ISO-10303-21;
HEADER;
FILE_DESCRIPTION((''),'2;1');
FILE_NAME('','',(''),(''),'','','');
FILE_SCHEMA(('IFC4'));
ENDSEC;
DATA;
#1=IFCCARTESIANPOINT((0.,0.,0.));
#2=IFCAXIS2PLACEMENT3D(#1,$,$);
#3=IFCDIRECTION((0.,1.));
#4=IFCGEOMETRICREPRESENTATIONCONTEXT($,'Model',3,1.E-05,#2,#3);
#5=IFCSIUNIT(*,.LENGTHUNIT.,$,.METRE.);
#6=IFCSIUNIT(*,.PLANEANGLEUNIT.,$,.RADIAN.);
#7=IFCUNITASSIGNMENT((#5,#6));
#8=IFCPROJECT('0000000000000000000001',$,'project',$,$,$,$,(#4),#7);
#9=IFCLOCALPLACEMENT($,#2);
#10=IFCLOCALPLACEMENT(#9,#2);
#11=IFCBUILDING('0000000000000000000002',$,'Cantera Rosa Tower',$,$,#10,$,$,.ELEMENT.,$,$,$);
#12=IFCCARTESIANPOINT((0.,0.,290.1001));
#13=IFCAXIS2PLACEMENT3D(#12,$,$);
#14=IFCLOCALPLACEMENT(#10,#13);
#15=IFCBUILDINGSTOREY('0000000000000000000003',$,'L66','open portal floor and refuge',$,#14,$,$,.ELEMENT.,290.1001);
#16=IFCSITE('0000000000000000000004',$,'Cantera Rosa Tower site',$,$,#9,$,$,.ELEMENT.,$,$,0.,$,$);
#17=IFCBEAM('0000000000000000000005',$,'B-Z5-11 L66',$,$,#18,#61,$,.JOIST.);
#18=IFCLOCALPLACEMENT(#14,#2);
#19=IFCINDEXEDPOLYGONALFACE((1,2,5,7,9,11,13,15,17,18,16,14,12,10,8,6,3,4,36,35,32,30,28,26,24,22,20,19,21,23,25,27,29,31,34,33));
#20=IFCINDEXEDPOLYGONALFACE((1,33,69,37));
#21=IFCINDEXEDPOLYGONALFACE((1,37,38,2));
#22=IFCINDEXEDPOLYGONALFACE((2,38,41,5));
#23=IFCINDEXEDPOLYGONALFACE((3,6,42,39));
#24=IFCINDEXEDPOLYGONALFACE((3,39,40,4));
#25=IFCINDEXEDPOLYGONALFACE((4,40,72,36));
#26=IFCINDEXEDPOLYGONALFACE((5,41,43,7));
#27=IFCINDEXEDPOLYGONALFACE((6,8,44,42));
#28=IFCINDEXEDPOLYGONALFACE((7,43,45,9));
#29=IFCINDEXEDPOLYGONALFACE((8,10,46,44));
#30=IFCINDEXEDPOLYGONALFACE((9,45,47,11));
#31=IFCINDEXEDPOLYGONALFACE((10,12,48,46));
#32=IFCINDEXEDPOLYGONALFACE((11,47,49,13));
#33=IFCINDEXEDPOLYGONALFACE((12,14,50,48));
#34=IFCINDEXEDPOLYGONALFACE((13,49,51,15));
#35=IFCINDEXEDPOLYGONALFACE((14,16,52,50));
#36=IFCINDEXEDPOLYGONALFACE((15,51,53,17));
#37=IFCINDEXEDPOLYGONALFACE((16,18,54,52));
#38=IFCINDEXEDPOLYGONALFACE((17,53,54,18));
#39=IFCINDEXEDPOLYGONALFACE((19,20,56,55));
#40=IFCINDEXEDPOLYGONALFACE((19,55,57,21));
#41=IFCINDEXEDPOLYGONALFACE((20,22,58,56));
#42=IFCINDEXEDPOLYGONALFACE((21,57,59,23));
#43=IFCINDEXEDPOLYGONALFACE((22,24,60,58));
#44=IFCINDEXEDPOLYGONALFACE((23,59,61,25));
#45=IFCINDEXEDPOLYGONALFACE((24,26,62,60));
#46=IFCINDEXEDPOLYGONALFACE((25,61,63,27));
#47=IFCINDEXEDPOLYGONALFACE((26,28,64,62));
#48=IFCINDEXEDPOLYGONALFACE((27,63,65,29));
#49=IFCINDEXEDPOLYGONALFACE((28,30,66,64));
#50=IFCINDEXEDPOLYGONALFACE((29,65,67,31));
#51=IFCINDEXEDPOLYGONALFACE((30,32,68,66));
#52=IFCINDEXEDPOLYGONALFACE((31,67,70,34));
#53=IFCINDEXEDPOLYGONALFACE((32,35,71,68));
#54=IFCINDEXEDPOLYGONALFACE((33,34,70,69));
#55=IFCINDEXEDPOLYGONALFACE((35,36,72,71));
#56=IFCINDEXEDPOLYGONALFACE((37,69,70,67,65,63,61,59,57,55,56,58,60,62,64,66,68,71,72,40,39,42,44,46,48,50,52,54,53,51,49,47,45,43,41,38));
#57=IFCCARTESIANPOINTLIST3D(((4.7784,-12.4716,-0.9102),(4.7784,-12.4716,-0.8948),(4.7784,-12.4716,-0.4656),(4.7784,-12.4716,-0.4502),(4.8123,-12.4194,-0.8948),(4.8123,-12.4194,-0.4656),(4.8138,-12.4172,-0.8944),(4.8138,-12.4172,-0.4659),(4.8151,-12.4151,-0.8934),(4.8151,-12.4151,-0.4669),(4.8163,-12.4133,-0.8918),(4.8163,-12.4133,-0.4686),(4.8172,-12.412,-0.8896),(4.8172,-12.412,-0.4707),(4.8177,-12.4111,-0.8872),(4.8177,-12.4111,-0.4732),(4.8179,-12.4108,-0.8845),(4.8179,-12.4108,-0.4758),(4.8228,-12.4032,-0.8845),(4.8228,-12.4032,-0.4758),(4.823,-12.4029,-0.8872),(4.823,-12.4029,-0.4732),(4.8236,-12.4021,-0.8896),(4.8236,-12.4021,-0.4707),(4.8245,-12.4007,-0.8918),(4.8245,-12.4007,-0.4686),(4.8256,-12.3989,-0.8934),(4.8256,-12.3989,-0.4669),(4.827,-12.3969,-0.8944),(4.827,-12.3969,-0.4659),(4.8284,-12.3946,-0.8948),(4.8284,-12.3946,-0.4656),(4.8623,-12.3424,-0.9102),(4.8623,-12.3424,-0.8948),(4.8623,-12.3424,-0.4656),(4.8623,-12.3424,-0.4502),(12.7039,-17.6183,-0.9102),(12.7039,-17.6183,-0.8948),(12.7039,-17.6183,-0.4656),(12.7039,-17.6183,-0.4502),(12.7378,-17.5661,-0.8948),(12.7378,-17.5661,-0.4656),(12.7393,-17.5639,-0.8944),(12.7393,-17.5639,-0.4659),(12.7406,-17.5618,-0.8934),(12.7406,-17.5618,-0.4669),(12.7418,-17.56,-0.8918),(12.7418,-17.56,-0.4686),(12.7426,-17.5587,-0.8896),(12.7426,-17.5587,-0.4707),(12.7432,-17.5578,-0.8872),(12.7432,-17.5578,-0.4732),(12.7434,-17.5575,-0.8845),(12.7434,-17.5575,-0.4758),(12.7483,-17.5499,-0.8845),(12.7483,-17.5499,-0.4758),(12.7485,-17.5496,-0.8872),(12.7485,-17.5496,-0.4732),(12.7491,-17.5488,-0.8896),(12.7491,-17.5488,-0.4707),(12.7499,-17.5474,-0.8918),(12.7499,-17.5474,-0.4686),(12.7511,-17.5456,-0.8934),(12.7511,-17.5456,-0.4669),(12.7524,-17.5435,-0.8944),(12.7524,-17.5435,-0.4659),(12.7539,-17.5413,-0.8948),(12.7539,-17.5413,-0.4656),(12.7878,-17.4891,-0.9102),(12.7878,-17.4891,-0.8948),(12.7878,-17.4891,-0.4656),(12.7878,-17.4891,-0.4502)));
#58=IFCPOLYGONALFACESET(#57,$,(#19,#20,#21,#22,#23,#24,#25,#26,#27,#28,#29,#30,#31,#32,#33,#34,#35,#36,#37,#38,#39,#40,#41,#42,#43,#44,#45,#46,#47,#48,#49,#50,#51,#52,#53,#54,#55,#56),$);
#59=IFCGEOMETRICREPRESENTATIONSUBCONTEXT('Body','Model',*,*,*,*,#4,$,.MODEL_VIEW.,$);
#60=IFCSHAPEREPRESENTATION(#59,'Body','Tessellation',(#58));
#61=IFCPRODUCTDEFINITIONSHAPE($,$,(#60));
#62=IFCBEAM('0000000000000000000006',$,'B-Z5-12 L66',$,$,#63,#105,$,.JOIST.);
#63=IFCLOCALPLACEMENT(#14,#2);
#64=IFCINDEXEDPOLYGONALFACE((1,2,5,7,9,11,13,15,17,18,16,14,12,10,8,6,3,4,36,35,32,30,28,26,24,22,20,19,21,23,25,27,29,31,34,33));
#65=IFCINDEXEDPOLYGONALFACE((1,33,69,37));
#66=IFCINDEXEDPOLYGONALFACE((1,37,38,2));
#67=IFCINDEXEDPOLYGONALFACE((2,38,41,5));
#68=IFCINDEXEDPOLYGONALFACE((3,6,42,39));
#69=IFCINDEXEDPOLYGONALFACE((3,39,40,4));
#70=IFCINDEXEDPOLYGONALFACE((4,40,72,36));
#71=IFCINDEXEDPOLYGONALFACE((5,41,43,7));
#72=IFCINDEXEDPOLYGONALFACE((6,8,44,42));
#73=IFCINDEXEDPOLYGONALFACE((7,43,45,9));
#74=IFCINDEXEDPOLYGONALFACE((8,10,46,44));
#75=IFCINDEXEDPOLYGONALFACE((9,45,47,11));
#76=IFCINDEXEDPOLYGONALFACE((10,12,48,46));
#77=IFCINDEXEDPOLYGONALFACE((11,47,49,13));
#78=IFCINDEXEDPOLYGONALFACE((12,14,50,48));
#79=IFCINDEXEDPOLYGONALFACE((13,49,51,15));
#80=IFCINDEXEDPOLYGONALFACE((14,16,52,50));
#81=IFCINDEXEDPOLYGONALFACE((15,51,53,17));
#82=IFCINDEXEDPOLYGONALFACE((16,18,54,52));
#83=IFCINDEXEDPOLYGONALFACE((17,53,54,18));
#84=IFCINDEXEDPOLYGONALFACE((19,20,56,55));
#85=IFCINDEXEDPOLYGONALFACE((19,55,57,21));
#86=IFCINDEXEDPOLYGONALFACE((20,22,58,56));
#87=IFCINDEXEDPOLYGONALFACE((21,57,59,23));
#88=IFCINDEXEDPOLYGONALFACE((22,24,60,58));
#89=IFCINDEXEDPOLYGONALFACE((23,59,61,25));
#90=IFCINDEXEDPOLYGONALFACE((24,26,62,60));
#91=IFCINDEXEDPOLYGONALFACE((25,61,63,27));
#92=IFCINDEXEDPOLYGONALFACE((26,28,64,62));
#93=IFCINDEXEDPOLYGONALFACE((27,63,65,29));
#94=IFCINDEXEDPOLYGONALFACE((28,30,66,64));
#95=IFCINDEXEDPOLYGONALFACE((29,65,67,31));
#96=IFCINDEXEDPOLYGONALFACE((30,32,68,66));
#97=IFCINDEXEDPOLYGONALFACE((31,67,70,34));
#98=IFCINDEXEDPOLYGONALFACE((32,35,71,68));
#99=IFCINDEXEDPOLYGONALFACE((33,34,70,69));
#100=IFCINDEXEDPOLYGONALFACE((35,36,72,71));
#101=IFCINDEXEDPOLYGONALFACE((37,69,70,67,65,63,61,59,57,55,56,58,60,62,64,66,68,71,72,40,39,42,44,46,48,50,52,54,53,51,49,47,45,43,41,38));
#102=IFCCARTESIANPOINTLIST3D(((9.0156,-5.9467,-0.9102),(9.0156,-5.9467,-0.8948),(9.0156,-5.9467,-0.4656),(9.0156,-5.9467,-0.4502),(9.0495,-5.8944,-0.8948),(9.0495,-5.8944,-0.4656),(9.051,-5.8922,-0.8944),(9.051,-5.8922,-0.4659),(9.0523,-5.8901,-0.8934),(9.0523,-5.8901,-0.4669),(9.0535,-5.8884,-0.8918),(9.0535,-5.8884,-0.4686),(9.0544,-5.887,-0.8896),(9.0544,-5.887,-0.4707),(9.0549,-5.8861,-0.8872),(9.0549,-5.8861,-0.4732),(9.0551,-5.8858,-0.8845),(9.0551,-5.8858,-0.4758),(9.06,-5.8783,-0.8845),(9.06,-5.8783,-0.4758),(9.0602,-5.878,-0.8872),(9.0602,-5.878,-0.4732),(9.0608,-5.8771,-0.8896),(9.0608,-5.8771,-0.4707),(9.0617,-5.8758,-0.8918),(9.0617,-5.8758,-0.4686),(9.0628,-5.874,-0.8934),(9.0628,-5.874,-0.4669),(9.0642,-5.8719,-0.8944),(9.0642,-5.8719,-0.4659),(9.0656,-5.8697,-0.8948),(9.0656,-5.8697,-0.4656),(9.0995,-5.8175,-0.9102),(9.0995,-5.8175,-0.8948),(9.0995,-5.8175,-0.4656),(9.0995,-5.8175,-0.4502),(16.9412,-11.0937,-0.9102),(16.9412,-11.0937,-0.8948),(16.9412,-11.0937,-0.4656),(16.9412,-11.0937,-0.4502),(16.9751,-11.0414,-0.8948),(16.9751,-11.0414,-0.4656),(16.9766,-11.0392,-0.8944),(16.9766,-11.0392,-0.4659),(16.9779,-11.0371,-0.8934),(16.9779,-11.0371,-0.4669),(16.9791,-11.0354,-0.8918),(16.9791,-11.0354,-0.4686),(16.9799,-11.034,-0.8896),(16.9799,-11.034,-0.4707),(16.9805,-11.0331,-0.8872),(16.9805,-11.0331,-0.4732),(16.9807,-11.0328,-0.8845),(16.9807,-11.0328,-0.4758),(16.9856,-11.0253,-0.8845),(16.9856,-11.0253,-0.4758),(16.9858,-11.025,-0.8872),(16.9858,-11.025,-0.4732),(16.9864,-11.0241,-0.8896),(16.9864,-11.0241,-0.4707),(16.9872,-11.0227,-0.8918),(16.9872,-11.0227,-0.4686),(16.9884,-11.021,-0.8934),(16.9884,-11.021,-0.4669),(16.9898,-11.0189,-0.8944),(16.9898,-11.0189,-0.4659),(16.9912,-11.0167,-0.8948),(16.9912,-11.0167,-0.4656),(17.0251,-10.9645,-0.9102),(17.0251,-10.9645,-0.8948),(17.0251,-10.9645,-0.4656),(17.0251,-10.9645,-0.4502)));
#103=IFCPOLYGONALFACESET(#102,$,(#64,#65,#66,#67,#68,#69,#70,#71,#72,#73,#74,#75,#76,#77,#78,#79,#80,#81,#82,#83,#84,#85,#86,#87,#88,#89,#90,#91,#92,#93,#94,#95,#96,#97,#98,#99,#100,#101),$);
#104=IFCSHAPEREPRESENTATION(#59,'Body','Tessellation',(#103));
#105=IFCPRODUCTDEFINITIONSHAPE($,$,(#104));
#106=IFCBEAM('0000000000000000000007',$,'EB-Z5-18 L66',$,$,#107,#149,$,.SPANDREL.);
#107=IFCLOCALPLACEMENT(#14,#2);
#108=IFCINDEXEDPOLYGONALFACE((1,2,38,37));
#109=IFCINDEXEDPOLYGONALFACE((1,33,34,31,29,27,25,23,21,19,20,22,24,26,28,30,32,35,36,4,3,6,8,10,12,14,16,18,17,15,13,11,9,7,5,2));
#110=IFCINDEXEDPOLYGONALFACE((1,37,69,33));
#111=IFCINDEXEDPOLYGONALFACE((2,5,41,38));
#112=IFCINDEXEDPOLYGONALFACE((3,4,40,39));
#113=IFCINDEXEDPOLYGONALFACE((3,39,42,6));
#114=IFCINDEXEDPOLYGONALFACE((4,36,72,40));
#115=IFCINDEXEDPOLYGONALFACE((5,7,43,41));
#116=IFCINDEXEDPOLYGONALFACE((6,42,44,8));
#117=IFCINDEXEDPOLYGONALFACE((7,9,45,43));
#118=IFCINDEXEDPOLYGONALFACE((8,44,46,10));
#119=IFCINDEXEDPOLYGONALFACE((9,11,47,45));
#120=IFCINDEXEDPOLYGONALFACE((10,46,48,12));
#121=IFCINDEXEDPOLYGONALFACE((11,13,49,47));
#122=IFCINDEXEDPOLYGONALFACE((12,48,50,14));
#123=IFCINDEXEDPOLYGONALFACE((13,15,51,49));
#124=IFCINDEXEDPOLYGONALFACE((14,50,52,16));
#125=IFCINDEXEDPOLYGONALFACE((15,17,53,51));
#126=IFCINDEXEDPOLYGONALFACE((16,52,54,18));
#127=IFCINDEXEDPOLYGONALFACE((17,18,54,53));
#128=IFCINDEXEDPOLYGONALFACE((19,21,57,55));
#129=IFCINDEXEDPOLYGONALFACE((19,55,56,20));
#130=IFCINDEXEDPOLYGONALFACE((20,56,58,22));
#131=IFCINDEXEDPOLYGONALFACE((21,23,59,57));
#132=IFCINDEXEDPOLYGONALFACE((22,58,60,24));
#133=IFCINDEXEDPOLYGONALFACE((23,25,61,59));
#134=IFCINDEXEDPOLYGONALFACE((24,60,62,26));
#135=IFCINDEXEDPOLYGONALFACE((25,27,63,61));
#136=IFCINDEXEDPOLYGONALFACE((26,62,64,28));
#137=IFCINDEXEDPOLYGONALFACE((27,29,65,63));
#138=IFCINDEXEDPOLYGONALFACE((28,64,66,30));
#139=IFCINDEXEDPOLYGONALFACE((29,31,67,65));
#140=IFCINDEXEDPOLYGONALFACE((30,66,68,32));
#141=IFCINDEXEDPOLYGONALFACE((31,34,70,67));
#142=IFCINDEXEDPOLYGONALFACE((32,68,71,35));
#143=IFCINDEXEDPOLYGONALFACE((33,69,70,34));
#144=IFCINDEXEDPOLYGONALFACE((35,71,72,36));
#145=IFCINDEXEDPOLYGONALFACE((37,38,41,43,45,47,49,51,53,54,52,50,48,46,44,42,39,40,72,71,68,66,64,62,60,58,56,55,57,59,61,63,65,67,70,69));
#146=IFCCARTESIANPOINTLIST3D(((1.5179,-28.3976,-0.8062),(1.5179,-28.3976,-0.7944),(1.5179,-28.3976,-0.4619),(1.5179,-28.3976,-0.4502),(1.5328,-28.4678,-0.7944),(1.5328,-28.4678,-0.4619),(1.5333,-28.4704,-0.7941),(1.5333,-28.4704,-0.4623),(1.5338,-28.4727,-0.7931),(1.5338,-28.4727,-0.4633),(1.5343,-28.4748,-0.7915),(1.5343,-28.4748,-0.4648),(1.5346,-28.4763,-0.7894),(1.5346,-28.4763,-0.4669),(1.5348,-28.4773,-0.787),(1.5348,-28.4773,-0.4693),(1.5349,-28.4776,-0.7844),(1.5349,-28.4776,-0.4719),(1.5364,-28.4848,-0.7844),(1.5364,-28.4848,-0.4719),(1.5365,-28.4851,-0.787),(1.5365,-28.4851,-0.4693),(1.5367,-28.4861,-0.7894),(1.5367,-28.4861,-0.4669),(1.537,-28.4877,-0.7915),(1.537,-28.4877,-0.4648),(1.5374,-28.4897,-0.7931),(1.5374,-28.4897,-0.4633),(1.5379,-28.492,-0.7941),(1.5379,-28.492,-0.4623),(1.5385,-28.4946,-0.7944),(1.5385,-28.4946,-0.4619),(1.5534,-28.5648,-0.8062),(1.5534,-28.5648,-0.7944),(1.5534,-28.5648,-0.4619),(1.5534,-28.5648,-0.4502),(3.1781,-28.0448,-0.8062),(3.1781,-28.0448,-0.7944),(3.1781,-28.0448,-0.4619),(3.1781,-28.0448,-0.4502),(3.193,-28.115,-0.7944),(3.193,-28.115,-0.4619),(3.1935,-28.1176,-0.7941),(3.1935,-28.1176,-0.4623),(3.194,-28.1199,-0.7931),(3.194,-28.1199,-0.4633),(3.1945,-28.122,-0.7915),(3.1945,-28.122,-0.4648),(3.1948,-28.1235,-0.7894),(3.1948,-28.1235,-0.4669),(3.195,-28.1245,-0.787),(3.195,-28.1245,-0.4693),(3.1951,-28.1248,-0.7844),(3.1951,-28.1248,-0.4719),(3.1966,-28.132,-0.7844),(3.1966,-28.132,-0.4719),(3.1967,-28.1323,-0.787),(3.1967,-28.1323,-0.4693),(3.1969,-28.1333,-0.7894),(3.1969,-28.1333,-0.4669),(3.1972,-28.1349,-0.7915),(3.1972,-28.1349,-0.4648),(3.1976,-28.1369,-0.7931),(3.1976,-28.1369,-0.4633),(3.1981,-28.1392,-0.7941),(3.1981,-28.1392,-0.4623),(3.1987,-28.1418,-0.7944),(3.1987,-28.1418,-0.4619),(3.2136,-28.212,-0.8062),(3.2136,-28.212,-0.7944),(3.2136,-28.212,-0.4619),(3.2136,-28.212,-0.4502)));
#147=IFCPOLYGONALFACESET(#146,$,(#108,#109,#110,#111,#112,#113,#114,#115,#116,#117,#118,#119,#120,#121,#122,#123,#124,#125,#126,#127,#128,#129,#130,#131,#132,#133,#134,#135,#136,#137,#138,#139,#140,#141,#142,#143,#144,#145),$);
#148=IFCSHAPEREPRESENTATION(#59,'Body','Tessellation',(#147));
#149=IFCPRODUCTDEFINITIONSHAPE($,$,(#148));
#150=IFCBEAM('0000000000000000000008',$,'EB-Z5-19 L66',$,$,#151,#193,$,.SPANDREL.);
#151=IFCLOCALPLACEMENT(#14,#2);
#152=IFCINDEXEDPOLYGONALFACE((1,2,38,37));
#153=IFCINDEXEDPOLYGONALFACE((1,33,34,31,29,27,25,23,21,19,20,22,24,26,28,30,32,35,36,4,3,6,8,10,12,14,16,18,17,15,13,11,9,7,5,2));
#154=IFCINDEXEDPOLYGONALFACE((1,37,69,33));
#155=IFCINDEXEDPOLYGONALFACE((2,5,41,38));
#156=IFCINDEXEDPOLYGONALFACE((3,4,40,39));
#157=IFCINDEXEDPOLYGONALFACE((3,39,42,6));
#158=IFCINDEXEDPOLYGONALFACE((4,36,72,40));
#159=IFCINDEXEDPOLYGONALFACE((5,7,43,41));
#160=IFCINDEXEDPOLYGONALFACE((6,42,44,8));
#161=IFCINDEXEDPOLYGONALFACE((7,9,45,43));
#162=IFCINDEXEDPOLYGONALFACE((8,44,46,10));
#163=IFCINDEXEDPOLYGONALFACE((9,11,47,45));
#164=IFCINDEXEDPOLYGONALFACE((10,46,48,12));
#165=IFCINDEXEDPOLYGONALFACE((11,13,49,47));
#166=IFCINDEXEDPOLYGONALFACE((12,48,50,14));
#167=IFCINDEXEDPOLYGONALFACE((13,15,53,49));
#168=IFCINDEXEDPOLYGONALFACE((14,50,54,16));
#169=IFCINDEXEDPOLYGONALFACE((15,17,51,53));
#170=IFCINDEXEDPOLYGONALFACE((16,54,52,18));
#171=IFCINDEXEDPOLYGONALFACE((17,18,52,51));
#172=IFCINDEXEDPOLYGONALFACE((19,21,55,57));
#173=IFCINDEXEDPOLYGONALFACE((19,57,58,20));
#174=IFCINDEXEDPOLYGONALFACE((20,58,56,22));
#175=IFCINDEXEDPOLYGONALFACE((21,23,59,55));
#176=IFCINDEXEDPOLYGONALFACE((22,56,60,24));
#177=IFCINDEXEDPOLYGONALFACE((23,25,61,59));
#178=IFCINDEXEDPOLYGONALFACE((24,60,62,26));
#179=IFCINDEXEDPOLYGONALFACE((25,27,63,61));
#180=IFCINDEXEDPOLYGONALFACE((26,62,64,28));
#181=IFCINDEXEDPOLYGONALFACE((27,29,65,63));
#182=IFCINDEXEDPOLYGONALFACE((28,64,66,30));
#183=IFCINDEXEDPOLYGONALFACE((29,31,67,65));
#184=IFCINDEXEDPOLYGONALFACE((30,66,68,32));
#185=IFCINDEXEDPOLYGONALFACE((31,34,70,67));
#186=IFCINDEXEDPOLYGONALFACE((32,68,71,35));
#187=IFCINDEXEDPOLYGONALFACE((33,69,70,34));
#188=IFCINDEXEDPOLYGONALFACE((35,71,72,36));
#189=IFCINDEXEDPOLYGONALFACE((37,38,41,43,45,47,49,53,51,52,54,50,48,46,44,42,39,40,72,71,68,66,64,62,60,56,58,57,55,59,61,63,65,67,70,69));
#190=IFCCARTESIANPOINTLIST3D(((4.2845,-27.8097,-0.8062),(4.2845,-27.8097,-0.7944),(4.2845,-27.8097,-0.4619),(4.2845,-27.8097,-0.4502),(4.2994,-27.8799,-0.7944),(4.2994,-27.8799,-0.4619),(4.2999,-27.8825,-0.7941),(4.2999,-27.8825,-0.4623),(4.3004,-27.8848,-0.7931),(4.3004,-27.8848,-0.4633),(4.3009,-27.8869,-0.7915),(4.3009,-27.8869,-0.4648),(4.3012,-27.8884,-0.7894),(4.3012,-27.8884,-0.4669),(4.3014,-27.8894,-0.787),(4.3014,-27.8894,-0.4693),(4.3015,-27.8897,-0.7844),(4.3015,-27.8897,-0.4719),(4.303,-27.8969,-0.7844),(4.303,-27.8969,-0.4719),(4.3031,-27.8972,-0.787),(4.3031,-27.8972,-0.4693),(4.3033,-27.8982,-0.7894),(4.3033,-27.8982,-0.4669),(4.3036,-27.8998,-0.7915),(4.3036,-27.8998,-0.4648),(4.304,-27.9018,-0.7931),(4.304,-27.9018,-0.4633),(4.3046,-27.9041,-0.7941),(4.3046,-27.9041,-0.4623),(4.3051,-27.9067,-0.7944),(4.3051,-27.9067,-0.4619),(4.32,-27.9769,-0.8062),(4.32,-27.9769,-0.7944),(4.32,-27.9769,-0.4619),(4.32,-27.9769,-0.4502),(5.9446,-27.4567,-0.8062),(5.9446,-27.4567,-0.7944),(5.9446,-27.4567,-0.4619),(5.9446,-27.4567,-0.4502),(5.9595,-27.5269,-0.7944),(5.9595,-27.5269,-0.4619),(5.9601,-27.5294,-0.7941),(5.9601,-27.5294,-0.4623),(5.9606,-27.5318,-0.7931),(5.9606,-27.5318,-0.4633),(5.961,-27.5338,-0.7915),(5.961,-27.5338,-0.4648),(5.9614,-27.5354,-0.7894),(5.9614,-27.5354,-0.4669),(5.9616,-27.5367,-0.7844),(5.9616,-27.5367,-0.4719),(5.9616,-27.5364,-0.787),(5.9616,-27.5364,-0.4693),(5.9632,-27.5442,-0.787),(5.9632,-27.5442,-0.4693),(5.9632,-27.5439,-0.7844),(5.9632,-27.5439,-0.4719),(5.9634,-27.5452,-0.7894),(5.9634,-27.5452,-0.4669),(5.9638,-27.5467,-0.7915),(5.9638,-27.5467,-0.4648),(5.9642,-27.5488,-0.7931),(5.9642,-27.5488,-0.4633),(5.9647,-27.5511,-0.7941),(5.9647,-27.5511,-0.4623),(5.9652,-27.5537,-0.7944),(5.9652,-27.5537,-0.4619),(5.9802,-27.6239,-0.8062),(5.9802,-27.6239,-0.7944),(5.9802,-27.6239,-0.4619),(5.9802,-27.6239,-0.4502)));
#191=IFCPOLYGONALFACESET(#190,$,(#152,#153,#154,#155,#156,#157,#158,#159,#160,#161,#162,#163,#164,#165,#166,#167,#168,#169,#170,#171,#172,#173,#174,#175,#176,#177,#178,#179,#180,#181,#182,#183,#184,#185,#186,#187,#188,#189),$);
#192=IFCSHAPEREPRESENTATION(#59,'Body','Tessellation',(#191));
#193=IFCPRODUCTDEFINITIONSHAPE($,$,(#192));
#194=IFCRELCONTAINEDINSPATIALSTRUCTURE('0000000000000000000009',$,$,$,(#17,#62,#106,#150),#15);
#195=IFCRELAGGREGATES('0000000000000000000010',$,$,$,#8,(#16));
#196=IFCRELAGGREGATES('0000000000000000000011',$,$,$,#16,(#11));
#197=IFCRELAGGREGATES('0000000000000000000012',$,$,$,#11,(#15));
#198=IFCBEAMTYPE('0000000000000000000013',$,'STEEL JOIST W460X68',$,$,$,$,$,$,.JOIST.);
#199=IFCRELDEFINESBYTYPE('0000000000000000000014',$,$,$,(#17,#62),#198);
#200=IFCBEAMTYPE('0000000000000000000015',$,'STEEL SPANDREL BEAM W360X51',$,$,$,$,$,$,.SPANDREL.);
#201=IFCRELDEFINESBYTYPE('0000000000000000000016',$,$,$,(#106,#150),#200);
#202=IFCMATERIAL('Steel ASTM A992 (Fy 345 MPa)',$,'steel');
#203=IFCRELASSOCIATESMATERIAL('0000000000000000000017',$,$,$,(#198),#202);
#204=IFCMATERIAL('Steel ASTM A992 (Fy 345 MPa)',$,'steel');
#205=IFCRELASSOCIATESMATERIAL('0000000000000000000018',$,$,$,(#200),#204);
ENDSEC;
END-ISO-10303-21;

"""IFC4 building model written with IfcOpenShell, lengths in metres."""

from ifc_helpers import new_model, si_unit, direction, frame, origin, origin_2d, place, context, subcontext, project, spatial, i_section, extrude, material, material_profile, profile_set, type_object, element, save


model = new_model("IFC4")

# Units and contexts
model_context = context("Model", 3, precision=1e-05, world=origin(), true_north=direction((0.0, 1.0)))
body_context = subcontext(model_context, "Body", "Model", "MODEL_VIEW")
ifc_project = project(units=[si_unit("LENGTHUNIT", "METRE"), si_unit("PLANEANGLEUNIT", "RADIAN")], contexts=[model_context])

# Site, building, storey
site_placement = place(None, origin())
site = spatial("IfcSite", under=ifc_project, at=site_placement, Name="Cantera Rosa Tower site", CompositionType="ELEMENT", RefElevation=0.0)
building_placement = place(site_placement, origin())
building = spatial("IfcBuilding", under=site, at=building_placement, Name="Cantera Rosa Tower", CompositionType="ELEMENT")
storey_placement = place(building_placement, frame((0.0, 0.0, 290.1001)))
storey = spatial("IfcBuildingStorey", under=building, at=storey_placement, Name="L66", Description="open portal floor and refuge", CompositionType="ELEMENT", Elevation=290.1001)

# Beams
ifc_material_1 = material(Name="Steel ASTM A992 (Fy 345 MPa)", Category="steel")
ifc_material_profile_1 = material_profile(ifc_material_1, i_section(OverallWidth=0.1541, OverallDepth=0.46, WebThickness=0.009, FlangeThickness=0.0154, FilletRadius=0.0103, at=origin_2d()), Name="W460X68")
ifc_profile_set_1 = profile_set([ifc_material_profile_1], Name="Steel ASTM A992 (Fy 345 MPa)")
beam_type_1 = type_object("IfcBeamType", Name="STEEL JOIST W460X68", PredefinedType="JOIST", material=ifc_profile_set_1)
beam_1_placement = place(storey_placement, frame((12.7458, -17.5537, -0.6802), z_axis=(-0.838679, 0.544626, 0.0), x_axis=(-0.544626, -0.838679, 0.0)))
element("IfcBeam", 1, at=beam_1_placement, inside=storey, type_object=beam_type_1, Name="B-Z5-11 L66", PredefinedType="JOIST", context=body_context, shape_type="SweptSolid", body=[
    extrude(i_section(OverallWidth=0.1541, OverallDepth=0.46, WebThickness=0.009, FlangeThickness=0.0154, FilletRadius=0.0103, at=origin_2d()), origin(), (0.0, 0.0, 1.0), 9.45),
])
beam_2_placement = place(storey_placement, frame((16.9832, -11.0291, -0.6802), z_axis=(-0.838667, 0.544644, 0.0), x_axis=(-0.544644, -0.838667, 0.0)))
element("IfcBeam", 2, at=beam_2_placement, inside=storey, type_object=beam_type_1, Name="B-Z5-12 L66", PredefinedType="JOIST", context=body_context, shape_type="SweptSolid", body=[
    extrude(i_section(OverallWidth=0.1541, OverallDepth=0.46, WebThickness=0.009, FlangeThickness=0.0154, FilletRadius=0.0103, at=origin_2d()), origin(), (0.0, 0.0, 1.0), 9.4502),
])
ifc_material_2 = material(Name="Steel ASTM A992 (Fy 345 MPa)", Category="steel")
ifc_material_profile_2 = material_profile(ifc_material_2, i_section(OverallWidth=0.1709, OverallDepth=0.356, WebThickness=0.0073, FlangeThickness=0.0117, FilletRadius=0.01, at=origin_2d()), Name="W360X51")
ifc_profile_set_2 = profile_set([ifc_material_profile_2], Name="Steel ASTM A992 (Fy 345 MPa)")
beam_type_2 = type_object("IfcBeamType", Name="STEEL SPANDREL BEAM W360X51", PredefinedType="SPANDREL", material=ifc_profile_set_2)
for number, where, z_axis, x_axis, name in (
    (3, (1.5356, -28.4812, -0.6282), (0.978159, 0.207859, 0.0), (-0.207859, 0.978159, 0.0), "EB-Z5-18 L66"),
    (4, (4.3022, -27.8933, -0.6282), (0.97813, 0.207996, 0.0), (-0.207996, 0.97813, 0.0), "EB-Z5-19 L66"),
):
    element("IfcBeam", number, at=place(storey_placement, frame(where, z_axis=z_axis, x_axis=x_axis)), inside=storey, type_object=beam_type_2, Name=name, PredefinedType="SPANDREL", context=body_context, shape_type="SweptSolid", body=[
        extrude(i_section(OverallWidth=0.1709, OverallDepth=0.356, WebThickness=0.0073, FlangeThickness=0.0117, FilletRadius=0.01, at=origin_2d()), origin(), (0.0, 0.0, 1.0), 1.6973),
    ])

save(model, "model.ifc")
